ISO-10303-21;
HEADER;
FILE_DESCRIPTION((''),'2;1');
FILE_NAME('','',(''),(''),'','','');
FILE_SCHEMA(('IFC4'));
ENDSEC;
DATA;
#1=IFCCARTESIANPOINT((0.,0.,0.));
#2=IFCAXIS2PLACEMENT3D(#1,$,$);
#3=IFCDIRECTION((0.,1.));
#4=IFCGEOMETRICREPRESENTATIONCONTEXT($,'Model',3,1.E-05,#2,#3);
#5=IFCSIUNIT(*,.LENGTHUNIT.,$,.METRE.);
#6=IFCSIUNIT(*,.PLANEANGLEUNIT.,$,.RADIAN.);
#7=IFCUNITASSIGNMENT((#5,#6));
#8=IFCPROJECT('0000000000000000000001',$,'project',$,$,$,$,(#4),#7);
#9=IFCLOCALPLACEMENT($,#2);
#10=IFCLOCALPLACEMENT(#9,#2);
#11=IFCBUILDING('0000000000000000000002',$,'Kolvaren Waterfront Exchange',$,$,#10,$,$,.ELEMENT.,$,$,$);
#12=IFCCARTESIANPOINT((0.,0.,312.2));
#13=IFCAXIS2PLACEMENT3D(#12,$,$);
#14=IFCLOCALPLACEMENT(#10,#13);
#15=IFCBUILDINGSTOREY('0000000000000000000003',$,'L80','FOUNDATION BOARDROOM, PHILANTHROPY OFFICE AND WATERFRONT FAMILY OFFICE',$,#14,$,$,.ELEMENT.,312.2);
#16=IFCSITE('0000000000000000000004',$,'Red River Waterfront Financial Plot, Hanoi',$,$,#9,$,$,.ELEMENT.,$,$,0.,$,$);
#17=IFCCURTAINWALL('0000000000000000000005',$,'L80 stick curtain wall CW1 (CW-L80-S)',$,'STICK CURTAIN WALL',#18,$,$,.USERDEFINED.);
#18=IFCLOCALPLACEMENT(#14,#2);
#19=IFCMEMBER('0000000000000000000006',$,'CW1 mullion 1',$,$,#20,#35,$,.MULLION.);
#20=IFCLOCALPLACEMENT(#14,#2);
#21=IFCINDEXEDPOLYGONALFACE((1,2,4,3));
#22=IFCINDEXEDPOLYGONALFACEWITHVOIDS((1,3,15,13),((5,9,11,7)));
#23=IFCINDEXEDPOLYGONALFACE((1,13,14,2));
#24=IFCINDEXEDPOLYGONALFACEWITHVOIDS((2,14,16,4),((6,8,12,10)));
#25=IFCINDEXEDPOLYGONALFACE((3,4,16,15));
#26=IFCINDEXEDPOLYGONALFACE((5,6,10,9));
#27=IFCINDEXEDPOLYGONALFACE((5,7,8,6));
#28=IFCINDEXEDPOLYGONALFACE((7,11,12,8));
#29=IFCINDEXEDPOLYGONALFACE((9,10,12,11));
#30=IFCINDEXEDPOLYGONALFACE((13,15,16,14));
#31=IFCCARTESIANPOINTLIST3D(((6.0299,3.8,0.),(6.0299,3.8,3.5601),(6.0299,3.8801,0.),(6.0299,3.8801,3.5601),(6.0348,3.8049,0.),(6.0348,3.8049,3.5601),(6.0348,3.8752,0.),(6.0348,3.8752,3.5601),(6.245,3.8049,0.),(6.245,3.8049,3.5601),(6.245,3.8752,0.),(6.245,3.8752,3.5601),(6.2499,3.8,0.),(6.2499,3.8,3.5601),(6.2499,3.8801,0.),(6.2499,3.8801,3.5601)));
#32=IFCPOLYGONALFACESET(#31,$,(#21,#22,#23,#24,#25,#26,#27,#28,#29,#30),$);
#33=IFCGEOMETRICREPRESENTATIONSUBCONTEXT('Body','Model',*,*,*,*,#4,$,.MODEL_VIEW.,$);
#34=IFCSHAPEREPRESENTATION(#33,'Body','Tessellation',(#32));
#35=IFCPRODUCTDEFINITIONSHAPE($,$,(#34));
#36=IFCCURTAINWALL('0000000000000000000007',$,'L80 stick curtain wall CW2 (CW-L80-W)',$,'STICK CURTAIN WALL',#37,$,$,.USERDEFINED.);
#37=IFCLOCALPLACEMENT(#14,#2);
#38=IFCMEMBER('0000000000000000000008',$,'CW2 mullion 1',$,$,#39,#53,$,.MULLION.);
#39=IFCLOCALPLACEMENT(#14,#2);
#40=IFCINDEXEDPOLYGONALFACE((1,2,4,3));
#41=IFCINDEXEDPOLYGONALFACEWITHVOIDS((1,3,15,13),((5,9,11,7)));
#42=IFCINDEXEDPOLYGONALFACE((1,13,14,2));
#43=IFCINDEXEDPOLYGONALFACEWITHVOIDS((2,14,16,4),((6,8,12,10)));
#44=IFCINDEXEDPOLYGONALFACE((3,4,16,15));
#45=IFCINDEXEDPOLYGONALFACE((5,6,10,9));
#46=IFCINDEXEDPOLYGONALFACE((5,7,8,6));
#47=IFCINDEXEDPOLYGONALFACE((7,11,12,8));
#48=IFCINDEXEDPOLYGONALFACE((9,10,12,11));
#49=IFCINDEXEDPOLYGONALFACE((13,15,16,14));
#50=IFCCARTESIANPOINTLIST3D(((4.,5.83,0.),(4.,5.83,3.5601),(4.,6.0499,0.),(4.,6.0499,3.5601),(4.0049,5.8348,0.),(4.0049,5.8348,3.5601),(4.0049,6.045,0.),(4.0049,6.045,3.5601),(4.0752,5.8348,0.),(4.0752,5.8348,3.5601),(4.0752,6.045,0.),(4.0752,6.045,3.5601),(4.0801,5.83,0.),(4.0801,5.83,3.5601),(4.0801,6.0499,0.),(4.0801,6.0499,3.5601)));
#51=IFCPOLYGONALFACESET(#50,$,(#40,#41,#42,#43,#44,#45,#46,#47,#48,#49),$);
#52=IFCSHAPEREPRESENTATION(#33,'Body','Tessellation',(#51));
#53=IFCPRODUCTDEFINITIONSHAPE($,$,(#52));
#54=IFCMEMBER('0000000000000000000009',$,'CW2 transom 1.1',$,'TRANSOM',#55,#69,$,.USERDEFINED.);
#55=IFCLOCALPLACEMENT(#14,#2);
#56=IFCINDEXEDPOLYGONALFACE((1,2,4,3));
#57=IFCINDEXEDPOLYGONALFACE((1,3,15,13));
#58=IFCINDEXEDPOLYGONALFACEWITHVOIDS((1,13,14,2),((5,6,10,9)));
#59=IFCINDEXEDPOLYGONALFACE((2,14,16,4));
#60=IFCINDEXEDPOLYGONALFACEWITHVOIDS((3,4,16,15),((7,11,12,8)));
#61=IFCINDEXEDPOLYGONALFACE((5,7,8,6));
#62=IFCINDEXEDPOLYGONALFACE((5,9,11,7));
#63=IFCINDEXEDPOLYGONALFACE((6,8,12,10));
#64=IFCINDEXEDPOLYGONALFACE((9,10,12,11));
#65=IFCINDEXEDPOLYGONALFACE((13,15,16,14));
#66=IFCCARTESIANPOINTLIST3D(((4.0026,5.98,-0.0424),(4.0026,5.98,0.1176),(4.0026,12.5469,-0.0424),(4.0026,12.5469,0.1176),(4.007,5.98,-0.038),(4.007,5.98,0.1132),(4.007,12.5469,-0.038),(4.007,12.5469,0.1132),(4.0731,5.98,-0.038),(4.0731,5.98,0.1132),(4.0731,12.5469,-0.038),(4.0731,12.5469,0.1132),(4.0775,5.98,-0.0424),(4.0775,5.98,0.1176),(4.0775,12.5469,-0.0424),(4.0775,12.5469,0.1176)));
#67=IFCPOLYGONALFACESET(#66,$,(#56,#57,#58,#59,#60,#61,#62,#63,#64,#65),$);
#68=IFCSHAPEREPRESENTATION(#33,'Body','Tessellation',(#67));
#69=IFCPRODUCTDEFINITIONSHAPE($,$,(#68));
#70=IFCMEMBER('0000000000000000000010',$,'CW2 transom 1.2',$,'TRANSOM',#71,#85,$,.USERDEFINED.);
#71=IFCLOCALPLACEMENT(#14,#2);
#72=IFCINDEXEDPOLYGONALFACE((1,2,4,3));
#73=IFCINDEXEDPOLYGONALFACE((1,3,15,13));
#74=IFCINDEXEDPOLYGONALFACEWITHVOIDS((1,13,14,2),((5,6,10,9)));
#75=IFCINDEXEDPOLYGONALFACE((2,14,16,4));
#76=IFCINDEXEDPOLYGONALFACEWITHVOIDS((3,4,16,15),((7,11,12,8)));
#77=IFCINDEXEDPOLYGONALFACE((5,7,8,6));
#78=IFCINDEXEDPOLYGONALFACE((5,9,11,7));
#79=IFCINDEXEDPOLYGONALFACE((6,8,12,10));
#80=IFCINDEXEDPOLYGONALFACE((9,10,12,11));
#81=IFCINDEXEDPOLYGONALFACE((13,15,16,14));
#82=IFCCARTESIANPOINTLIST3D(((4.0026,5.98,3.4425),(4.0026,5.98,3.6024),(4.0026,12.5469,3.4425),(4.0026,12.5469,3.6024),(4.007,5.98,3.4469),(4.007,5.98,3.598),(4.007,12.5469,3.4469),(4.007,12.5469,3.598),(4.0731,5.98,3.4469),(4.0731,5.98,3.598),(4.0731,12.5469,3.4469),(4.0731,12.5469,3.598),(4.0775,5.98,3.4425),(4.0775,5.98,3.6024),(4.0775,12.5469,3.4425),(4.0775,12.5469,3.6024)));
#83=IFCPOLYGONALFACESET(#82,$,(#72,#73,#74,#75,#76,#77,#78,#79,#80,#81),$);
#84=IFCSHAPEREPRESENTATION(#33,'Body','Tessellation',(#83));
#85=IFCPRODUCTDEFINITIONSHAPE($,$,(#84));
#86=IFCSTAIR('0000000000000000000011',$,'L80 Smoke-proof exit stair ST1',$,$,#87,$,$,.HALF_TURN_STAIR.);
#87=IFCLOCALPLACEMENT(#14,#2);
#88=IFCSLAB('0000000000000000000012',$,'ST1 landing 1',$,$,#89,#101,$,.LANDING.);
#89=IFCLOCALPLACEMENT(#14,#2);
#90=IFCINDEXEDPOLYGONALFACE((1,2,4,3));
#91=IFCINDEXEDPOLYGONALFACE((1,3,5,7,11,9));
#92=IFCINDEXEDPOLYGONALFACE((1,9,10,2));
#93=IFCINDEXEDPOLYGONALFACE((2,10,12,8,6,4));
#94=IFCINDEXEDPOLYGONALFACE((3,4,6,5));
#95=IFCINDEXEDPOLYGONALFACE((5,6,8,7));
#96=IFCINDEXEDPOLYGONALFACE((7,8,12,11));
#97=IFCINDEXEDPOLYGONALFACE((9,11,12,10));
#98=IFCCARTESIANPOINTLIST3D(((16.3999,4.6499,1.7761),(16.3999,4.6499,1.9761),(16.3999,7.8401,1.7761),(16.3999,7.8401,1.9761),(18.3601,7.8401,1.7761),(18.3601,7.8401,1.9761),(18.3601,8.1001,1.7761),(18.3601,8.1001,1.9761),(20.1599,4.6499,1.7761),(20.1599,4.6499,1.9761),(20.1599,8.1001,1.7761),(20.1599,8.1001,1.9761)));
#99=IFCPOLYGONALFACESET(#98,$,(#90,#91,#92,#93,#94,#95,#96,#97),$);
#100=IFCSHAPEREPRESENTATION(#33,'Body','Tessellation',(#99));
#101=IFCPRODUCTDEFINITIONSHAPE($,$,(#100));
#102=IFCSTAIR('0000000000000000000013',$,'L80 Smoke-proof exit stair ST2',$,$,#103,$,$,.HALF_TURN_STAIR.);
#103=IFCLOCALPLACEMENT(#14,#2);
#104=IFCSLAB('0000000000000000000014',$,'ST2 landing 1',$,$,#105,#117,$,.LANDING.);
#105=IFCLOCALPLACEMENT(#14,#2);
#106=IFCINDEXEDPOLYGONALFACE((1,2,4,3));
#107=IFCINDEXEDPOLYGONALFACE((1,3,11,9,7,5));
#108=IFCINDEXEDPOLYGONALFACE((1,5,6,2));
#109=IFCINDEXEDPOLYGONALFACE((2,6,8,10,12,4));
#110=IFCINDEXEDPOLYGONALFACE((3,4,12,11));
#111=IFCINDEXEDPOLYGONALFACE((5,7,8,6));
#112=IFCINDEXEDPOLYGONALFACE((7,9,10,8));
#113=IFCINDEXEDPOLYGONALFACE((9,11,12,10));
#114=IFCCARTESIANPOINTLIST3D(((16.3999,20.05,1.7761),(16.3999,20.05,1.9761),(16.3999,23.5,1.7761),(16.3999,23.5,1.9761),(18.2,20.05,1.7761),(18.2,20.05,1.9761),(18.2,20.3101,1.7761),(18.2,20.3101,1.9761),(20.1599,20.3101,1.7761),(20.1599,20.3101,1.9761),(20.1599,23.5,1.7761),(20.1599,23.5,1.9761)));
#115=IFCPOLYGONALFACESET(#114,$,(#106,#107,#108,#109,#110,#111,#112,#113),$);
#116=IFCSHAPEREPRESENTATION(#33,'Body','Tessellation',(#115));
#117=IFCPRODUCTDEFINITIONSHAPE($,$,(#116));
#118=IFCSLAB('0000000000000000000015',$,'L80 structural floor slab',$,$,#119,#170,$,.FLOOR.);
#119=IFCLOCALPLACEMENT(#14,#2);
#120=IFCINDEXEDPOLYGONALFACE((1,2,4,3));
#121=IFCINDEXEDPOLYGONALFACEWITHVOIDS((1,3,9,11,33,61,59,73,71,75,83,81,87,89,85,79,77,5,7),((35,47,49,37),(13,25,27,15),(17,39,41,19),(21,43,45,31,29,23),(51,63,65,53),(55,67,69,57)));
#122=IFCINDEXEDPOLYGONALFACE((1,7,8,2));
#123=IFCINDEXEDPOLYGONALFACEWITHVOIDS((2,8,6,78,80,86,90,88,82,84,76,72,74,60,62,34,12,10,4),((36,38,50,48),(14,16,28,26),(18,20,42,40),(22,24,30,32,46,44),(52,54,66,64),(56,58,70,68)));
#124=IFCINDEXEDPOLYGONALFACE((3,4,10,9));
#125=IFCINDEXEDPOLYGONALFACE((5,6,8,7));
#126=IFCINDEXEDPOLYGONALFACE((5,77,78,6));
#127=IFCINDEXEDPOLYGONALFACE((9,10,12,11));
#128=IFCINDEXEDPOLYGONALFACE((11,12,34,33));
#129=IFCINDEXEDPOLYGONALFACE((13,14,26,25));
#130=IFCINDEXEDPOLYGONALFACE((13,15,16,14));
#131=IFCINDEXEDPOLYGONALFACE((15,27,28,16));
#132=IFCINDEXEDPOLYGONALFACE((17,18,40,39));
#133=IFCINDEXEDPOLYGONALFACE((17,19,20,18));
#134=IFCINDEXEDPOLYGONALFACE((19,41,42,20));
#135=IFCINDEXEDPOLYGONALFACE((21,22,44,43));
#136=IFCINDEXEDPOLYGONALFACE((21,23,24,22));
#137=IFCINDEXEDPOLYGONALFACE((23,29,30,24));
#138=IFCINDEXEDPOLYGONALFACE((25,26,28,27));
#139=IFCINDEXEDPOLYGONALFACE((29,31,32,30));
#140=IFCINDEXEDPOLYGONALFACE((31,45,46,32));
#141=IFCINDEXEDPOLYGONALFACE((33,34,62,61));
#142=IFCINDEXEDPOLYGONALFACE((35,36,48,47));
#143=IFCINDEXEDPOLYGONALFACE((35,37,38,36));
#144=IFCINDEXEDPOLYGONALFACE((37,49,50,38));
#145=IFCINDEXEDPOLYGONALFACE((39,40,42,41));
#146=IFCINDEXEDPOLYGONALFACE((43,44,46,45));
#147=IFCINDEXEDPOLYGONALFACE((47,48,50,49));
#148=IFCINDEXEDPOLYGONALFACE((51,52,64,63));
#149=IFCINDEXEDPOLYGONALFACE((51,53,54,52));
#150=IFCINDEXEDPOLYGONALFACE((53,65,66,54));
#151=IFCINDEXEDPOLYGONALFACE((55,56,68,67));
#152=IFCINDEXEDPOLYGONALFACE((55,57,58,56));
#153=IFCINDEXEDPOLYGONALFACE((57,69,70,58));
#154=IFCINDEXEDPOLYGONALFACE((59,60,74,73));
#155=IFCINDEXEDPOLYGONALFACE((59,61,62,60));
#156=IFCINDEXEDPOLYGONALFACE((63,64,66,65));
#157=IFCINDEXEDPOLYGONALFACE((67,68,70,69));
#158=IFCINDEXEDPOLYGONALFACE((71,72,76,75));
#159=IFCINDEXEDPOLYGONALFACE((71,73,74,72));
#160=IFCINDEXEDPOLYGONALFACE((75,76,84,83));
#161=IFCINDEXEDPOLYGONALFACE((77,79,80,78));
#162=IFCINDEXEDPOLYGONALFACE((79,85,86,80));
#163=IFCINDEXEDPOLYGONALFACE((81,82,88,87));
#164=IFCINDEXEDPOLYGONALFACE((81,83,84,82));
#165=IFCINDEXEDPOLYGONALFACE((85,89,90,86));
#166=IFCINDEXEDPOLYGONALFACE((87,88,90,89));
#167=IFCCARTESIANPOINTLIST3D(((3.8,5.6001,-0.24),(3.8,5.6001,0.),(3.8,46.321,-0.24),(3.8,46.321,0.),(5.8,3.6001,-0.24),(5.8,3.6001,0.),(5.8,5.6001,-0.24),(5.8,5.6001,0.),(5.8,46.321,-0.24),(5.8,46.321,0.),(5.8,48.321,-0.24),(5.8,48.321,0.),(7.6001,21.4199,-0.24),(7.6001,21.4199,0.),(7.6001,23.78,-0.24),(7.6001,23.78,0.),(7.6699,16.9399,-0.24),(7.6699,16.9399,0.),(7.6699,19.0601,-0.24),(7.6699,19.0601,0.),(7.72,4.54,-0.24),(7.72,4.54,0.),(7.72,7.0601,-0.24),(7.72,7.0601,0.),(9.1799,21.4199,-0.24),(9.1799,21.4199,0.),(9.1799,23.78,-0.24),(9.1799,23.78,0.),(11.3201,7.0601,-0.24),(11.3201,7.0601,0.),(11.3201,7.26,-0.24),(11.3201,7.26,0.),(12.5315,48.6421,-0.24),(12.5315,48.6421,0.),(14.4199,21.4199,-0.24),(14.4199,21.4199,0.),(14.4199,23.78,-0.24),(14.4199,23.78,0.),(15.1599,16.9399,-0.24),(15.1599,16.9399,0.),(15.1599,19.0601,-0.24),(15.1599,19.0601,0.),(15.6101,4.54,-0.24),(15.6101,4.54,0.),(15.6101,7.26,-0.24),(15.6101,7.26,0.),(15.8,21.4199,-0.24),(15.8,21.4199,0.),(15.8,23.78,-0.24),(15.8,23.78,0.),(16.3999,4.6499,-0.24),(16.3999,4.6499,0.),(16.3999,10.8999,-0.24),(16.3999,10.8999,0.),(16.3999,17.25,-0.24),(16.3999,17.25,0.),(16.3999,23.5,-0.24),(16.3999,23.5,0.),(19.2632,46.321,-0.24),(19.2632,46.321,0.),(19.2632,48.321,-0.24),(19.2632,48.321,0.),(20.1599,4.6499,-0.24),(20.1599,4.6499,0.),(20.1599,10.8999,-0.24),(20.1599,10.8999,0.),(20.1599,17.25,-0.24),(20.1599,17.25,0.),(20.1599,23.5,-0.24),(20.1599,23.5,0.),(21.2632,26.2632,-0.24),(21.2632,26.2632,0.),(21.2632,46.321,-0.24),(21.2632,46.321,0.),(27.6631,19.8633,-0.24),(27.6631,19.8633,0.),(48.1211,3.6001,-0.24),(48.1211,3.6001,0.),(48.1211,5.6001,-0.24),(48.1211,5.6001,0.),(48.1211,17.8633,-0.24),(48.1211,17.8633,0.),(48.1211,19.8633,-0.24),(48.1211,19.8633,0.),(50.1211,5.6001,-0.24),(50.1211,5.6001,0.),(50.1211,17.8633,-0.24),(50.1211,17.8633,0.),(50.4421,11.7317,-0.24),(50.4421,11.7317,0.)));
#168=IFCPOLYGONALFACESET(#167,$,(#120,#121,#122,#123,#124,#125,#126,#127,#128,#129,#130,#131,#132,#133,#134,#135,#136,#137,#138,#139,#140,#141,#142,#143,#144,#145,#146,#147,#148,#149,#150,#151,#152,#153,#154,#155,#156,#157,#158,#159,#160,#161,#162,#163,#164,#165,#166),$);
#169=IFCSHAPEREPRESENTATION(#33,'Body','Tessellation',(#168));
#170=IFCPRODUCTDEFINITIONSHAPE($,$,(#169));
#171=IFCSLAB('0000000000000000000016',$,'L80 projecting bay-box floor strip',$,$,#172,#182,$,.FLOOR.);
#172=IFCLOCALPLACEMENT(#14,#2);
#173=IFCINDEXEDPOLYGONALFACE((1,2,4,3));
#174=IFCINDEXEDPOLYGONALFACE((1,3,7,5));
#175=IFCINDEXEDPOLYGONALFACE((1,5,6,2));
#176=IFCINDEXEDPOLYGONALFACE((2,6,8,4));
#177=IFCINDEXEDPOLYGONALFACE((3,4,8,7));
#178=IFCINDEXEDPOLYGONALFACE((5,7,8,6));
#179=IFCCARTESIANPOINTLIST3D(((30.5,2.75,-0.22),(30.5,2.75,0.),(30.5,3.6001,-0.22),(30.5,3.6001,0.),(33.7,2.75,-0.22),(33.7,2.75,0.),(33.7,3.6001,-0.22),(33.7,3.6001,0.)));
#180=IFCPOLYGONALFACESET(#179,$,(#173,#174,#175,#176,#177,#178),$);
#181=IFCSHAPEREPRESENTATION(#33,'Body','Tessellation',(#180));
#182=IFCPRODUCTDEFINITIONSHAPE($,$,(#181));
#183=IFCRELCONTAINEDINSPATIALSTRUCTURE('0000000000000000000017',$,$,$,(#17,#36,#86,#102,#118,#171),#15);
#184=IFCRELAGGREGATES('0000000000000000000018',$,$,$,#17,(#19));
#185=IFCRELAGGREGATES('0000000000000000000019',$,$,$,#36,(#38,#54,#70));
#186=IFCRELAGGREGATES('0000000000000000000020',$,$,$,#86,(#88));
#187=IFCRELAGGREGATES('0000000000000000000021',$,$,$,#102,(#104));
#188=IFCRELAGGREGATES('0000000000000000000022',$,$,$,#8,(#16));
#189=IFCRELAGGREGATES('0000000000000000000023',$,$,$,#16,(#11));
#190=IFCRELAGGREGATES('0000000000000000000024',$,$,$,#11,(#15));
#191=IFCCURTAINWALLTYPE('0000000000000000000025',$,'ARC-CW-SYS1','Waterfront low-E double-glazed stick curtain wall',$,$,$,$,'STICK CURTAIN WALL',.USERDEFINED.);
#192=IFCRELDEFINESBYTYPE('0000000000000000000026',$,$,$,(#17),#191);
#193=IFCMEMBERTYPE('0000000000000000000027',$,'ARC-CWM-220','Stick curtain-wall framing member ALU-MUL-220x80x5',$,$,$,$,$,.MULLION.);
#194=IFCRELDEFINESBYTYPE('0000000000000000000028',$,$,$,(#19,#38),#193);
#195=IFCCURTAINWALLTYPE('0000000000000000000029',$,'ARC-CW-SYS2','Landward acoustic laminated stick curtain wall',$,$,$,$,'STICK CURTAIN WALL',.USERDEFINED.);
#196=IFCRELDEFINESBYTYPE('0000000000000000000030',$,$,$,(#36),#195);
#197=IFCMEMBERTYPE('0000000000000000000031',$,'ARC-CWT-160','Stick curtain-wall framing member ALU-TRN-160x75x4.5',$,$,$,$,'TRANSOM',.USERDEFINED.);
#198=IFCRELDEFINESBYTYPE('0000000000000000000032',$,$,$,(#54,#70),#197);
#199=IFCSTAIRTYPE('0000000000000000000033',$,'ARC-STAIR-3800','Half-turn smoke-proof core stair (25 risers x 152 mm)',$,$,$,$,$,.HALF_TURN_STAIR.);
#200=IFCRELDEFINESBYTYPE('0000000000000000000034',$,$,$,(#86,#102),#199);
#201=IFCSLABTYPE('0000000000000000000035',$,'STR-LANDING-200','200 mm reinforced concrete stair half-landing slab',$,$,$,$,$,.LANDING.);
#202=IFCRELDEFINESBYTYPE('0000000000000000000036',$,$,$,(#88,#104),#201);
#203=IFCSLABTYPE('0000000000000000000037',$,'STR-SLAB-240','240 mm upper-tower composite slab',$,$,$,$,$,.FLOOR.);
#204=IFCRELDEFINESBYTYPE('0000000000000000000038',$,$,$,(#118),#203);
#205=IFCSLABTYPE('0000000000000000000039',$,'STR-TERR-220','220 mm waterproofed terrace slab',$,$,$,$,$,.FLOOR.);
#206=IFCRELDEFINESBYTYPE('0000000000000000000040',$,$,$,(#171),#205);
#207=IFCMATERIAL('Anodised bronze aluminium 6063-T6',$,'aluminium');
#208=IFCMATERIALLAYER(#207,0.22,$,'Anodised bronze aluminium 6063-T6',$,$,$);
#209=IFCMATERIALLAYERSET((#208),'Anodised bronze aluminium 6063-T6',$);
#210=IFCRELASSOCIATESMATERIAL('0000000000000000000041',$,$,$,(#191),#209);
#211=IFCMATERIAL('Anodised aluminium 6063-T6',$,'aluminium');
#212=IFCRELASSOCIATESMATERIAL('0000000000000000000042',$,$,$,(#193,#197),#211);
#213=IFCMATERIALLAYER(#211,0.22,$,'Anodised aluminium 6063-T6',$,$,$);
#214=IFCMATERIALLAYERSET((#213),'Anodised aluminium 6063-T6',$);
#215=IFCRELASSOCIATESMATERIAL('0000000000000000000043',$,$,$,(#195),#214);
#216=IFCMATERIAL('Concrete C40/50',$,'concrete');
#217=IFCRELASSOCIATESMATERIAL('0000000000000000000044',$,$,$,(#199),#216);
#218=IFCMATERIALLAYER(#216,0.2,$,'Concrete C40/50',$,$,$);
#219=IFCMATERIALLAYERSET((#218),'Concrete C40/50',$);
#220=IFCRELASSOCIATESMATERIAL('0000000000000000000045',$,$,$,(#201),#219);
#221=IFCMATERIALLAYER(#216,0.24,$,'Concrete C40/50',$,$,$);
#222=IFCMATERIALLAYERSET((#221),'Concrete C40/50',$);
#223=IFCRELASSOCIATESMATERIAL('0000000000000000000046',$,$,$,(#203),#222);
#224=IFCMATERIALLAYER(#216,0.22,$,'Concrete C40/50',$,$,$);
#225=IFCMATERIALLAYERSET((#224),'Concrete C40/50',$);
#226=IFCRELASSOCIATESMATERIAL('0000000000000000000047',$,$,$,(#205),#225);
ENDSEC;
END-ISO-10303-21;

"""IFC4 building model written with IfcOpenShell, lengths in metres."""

from ifc_helpers import new_model, si_unit, direction, frame, origin, origin_with_axes, origin_2d, place, context, subcontext, project, spatial, polyline, hollow_rectangle, outline, extrude, source, transform, mapped, material, layer, layer_set, material_profile, profile_set, type_object, element, aggregate, save


model = new_model("IFC4")

# Units and contexts
model_context = context("Model", 3, precision=1e-05, world=origin(), true_north=direction((0.0, 1.0)))
body_context = subcontext(model_context, "Body", "Model", "MODEL_VIEW")
ifc_project = project(units=[si_unit("LENGTHUNIT", "METRE"), si_unit("PLANEANGLEUNIT", "RADIAN")], contexts=[model_context])

# Site, building, storey
site_placement = place(None, origin())
site = spatial("IfcSite", under=ifc_project, at=site_placement, Name="Red River Waterfront Financial Plot, Hanoi", CompositionType="ELEMENT", RefElevation=0.0)
building_placement = place(site_placement, origin())
building = spatial("IfcBuilding", under=site, at=building_placement, Name="Kolvaren Waterfront Exchange", CompositionType="ELEMENT")
storey_placement = place(building_placement, frame((0.0, 0.0, 312.2)))
storey = spatial("IfcBuildingStorey", under=building, at=storey_placement, Name="L80", Description="FOUNDATION BOARDROOM, PHILANTHROPY OFFICE AND WATERFRONT FAMILY OFFICE", CompositionType="ELEMENT", Elevation=312.2)

# Curtain wall, member
ifc_material_1 = material(Name="Anodised bronze aluminium 6063-T6", Category="aluminium")
ifc_layer_1 = layer(ifc_material_1, 0.22, Name="Anodised bronze aluminium 6063-T6")
ifc_layer_set_1 = layer_set([ifc_layer_1], Name="Anodised bronze aluminium 6063-T6")
curtain_wall_type_1 = type_object("IfcCurtainWallType", Name="ARC-CW-SYS1", Description="Waterfront low-E double-glazed stick curtain wall", ElementType="STICK CURTAIN WALL", PredefinedType="USERDEFINED", material=ifc_layer_set_1)
curtain_wall_1_placement = place(storey_placement, origin())
curtain_wall_1 = element("IfcCurtainWall", 1, at=curtain_wall_1_placement, inside=storey, type_object=curtain_wall_type_1, Name="L80 stick curtain wall CW1 (CW-L80-S)", ObjectType="STICK CURTAIN WALL", PredefinedType="USERDEFINED")
ifc_material_2 = material(Name="Anodised aluminium 6063-T6", Category="aluminium")
ifc_material_profile_1 = material_profile(ifc_material_2, hollow_rectangle(XDim=0.0801, YDim=0.22, WallThickness=0.0049, at=origin_2d()), Name="ALU-MUL-220x80x5")
ifc_profile_set_1 = profile_set([ifc_material_profile_1], Name="Anodised aluminium 6063-T6")
member_type_1 = type_object("IfcMemberType", Name="ARC-CWM-220", Description="Stick curtain-wall framing member ALU-MUL-220x80x5", PredefinedType="MULLION", material=ifc_profile_set_1)
shared_shape_1 = source(origin_with_axes(), body_context, "Body", "SweptSolid", [
    extrude(hollow_rectangle(XDim=0.0801, YDim=0.22, WallThickness=0.0049, at=origin_2d()), origin(), (0.0, 0.0, 1.0), 3.5601),
])
member_1_placement = place(storey_placement, frame((6.1399, 3.8401, 0.0), z_axis=(0.0, 0.0, 1.0), x_axis=(0.0, 1.0, 0.0)))
member_1 = element("IfcMember", 2, at=member_1_placement, type_object=member_type_1, Name="CW1 mullion 1", PredefinedType="MULLION", context=body_context, shape_type="MappedRepresentation", body=[
    mapped(shared_shape_1, transform((0.0, 0.0, 0.0), x_axis=(1.0, 0.0, 0.0), y_axis=(0.0, 1.0, 0.0), z_axis=(0.0, 0.0, 1.0), scale=1.0)),
])
aggregate(curtain_wall_1, [member_1])

# Curtain wall, members
ifc_layer_2 = layer(ifc_material_2, 0.22, Name="Anodised aluminium 6063-T6")
ifc_layer_set_2 = layer_set([ifc_layer_2], Name="Anodised aluminium 6063-T6")
curtain_wall_type_2 = type_object("IfcCurtainWallType", Name="ARC-CW-SYS2", Description="Landward acoustic laminated stick curtain wall", ElementType="STICK CURTAIN WALL", PredefinedType="USERDEFINED", material=ifc_layer_set_2)
curtain_wall_2_placement = place(storey_placement, origin())
curtain_wall_2 = element("IfcCurtainWall", 3, at=curtain_wall_2_placement, inside=storey, type_object=curtain_wall_type_2, Name="L80 stick curtain wall CW2 (CW-L80-W)", ObjectType="STICK CURTAIN WALL", PredefinedType="USERDEFINED")
member_2_placement = place(storey_placement, frame((4.04, 5.9399, 0.0), z_axis=(0.0, 0.0, 1.0), x_axis=(-1.0, 0.0, 0.0)))
member_2 = element("IfcMember", 4, at=member_2_placement, type_object=member_type_1, Name="CW2 mullion 1", PredefinedType="MULLION", context=body_context, shape_type="MappedRepresentation", body=[
    mapped(shared_shape_1, transform((0.0, 0.0, 0.0), x_axis=(1.0, 0.0, 0.0), y_axis=(0.0, 1.0, 0.0), z_axis=(0.0, 0.0, 1.0), scale=1.0)),
])
ifc_material_profile_2 = material_profile(ifc_material_2, hollow_rectangle(XDim=0.075, YDim=0.1599, WallThickness=0.0044, at=origin_2d()), Name="ALU-TRN-160x75x4.5")
ifc_profile_set_2 = profile_set([ifc_material_profile_2], Name="Anodised aluminium 6063-T6")
member_type_2 = type_object("IfcMemberType", Name="ARC-CWT-160", Description="Stick curtain-wall framing member ALU-TRN-160x75x4.5", ElementType="TRANSOM", PredefinedType="USERDEFINED", material=ifc_profile_set_2)
shared_shape_2 = source(origin_with_axes(), body_context, "Body", "SweptSolid", [
    extrude(hollow_rectangle(XDim=0.075, YDim=0.1599, WallThickness=0.0044, at=origin_2d()), origin(), (0.0, 0.0, 1.0), 6.5669),
])
member_3_placement = place(storey_placement, frame((4.04, 5.98, 0.0376), z_axis=(0.0, 1.0, 0.0), x_axis=(-1.0, 0.0, 0.0)))
member_3 = element("IfcMember", 5, at=member_3_placement, type_object=member_type_2, Name="CW2 transom 1.1", ObjectType="TRANSOM", PredefinedType="USERDEFINED", context=body_context, shape_type="MappedRepresentation", body=[
    mapped(shared_shape_2, transform((0.0, 0.0, 0.0), x_axis=(1.0, 0.0, 0.0), y_axis=(0.0, 1.0, 0.0), z_axis=(0.0, 0.0, 1.0), scale=1.0)),
])
member_4_placement = place(storey_placement, frame((4.04, 5.98, 3.5225), z_axis=(0.0, 1.0, 0.0), x_axis=(-1.0, 0.0, 0.0)))
member_4 = element("IfcMember", 6, at=member_4_placement, type_object=member_type_2, Name="CW2 transom 1.2", ObjectType="TRANSOM", PredefinedType="USERDEFINED", context=body_context, shape_type="MappedRepresentation", body=[
    mapped(shared_shape_2, transform((0.0, 0.0, 0.0), x_axis=(1.0, 0.0, 0.0), y_axis=(0.0, 1.0, 0.0), z_axis=(0.0, 0.0, 1.0), scale=1.0)),
])
aggregate(curtain_wall_2, [member_2, member_3, member_4])

# Stairs, slabs
ifc_material_3 = material(Name="Concrete C40/50", Category="concrete")
stair_type = type_object("IfcStairType", Name="ARC-STAIR-3800", Description="Half-turn smoke-proof core stair (25 risers x 152 mm)", PredefinedType="HALF_TURN_STAIR", material=ifc_material_3)
stair_1_placement = place(storey_placement, origin())
stair_1 = element("IfcStair", 7, at=stair_1_placement, inside=storey, type_object=stair_type, Name="L80 Smoke-proof exit stair ST1", PredefinedType="HALF_TURN_STAIR")
ifc_layer_3 = layer(ifc_material_3, 0.2, Name="Concrete C40/50")
ifc_layer_set_3 = layer_set([ifc_layer_3], Name="Concrete C40/50")
slab_type_1 = type_object("IfcSlabType", Name="STR-LANDING-200", Description="200 mm reinforced concrete stair half-landing slab", PredefinedType="LANDING", material=ifc_layer_set_3)
slab_1_placement = place(storey_placement, frame((0.0, 0.0, 1.7761)))
slab_1 = element("IfcSlab", 8, at=slab_1_placement, type_object=slab_type_1, Name="ST1 landing 1", PredefinedType="LANDING", context=body_context, shape_type="SweptSolid", body=[
    extrude(outline(polyline([(16.3999, 7.8401), (16.3999, 4.6499), (20.1599, 4.6499), (20.1599, 8.1001), (18.3601, 8.1001), (18.3601, 7.8401), (16.3999, 7.8401)])), origin(), (0.0, 0.0, 1.0), 0.2),
])
aggregate(stair_1, [slab_1])
stair_2_placement = place(storey_placement, origin())
stair_2 = element("IfcStair", 9, at=stair_2_placement, inside=storey, type_object=stair_type, Name="L80 Smoke-proof exit stair ST2", PredefinedType="HALF_TURN_STAIR")
slab_2_placement = place(storey_placement, frame((0.0, 0.0, 1.7761)))
slab_2 = element("IfcSlab", 10, at=slab_2_placement, type_object=slab_type_1, Name="ST2 landing 1", PredefinedType="LANDING", context=body_context, shape_type="SweptSolid", body=[
    extrude(outline(polyline([(20.1599, 20.3101), (20.1599, 23.5), (16.3999, 23.5), (16.3999, 20.05), (18.2, 20.05), (18.2, 20.3101), (20.1599, 20.3101)])), origin(), (0.0, 0.0, 1.0), 0.2),
])
aggregate(stair_2, [slab_2])

# Slabs
ifc_layer_4 = layer(ifc_material_3, 0.24, Name="Concrete C40/50")
ifc_layer_set_4 = layer_set([ifc_layer_4], Name="Concrete C40/50")
slab_type_2 = type_object("IfcSlabType", Name="STR-SLAB-240", Description="240 mm upper-tower composite slab", PredefinedType="FLOOR", material=ifc_layer_set_4)
slab_3_placement = place(storey_placement, frame((0.0, 0.0, -0.24)))
element("IfcSlab", 11, at=slab_3_placement, inside=storey, type_object=slab_type_2, Name="L80 structural floor slab", PredefinedType="FLOOR", context=body_context, shape_type="SweptSolid", body=[
    extrude(outline(polyline([(5.8, 3.6001), (48.1211, 3.6001), (48.1211, 5.6001), (50.1211, 5.6001), (50.4421, 11.7317), (50.1211, 17.8633), (48.1211, 17.8633), (48.1211, 19.8633), (27.6631, 19.8633), (21.2632, 26.2632), (21.2632, 46.321), (19.2632, 46.321), (19.2632, 48.321), (12.5315, 48.6421), (5.8, 48.321), (5.8, 46.321), (3.8, 46.321), (3.8, 5.6001), (5.8, 5.6001), (5.8, 3.6001)]), holes=[polyline([(11.3201, 7.26), (15.6101, 7.26), (15.6101, 4.54), (7.72, 4.54), (7.72, 7.0601), (11.3201, 7.0601), (11.3201, 7.26)]), polyline([(20.1599, 10.8999), (20.1599, 4.6499), (16.3999, 4.6499), (16.3999, 10.8999), (20.1599, 10.8999)]), polyline([(7.6699, 19.0601), (15.1599, 19.0601), (15.1599, 16.9399), (7.6699, 16.9399), (7.6699, 19.0601)]), polyline([(16.3999, 17.25), (16.3999, 23.5), (20.1599, 23.5), (20.1599, 17.25), (16.3999, 17.25)]), polyline([(7.6001, 23.78), (9.1799, 23.78), (9.1799, 21.4199), (7.6001, 21.4199), (7.6001, 23.78)]), polyline([(14.4199, 23.78), (15.8, 23.78), (15.8, 21.4199), (14.4199, 21.4199), (14.4199, 23.78)])]), origin(), (0.0, 0.0, 1.0), 0.24),
])
ifc_layer_5 = layer(ifc_material_3, 0.22, Name="Concrete C40/50")
ifc_layer_set_5 = layer_set([ifc_layer_5], Name="Concrete C40/50")
slab_type_3 = type_object("IfcSlabType", Name="STR-TERR-220", Description="220 mm waterproofed terrace slab", PredefinedType="FLOOR", material=ifc_layer_set_5)
slab_4_placement = place(storey_placement, frame((0.0, 0.0, -0.22)))
element("IfcSlab", 12, at=slab_4_placement, inside=storey, type_object=slab_type_3, Name="L80 projecting bay-box floor strip", PredefinedType="FLOOR", context=body_context, shape_type="SweptSolid", body=[
    extrude(outline(polyline([(30.5, 2.75), (33.7, 2.75), (33.7, 3.6001), (30.5, 3.6001), (30.5, 2.75)])), origin(), (0.0, 0.0, 1.0), 0.22),
])

save(model, "model.ifc")
